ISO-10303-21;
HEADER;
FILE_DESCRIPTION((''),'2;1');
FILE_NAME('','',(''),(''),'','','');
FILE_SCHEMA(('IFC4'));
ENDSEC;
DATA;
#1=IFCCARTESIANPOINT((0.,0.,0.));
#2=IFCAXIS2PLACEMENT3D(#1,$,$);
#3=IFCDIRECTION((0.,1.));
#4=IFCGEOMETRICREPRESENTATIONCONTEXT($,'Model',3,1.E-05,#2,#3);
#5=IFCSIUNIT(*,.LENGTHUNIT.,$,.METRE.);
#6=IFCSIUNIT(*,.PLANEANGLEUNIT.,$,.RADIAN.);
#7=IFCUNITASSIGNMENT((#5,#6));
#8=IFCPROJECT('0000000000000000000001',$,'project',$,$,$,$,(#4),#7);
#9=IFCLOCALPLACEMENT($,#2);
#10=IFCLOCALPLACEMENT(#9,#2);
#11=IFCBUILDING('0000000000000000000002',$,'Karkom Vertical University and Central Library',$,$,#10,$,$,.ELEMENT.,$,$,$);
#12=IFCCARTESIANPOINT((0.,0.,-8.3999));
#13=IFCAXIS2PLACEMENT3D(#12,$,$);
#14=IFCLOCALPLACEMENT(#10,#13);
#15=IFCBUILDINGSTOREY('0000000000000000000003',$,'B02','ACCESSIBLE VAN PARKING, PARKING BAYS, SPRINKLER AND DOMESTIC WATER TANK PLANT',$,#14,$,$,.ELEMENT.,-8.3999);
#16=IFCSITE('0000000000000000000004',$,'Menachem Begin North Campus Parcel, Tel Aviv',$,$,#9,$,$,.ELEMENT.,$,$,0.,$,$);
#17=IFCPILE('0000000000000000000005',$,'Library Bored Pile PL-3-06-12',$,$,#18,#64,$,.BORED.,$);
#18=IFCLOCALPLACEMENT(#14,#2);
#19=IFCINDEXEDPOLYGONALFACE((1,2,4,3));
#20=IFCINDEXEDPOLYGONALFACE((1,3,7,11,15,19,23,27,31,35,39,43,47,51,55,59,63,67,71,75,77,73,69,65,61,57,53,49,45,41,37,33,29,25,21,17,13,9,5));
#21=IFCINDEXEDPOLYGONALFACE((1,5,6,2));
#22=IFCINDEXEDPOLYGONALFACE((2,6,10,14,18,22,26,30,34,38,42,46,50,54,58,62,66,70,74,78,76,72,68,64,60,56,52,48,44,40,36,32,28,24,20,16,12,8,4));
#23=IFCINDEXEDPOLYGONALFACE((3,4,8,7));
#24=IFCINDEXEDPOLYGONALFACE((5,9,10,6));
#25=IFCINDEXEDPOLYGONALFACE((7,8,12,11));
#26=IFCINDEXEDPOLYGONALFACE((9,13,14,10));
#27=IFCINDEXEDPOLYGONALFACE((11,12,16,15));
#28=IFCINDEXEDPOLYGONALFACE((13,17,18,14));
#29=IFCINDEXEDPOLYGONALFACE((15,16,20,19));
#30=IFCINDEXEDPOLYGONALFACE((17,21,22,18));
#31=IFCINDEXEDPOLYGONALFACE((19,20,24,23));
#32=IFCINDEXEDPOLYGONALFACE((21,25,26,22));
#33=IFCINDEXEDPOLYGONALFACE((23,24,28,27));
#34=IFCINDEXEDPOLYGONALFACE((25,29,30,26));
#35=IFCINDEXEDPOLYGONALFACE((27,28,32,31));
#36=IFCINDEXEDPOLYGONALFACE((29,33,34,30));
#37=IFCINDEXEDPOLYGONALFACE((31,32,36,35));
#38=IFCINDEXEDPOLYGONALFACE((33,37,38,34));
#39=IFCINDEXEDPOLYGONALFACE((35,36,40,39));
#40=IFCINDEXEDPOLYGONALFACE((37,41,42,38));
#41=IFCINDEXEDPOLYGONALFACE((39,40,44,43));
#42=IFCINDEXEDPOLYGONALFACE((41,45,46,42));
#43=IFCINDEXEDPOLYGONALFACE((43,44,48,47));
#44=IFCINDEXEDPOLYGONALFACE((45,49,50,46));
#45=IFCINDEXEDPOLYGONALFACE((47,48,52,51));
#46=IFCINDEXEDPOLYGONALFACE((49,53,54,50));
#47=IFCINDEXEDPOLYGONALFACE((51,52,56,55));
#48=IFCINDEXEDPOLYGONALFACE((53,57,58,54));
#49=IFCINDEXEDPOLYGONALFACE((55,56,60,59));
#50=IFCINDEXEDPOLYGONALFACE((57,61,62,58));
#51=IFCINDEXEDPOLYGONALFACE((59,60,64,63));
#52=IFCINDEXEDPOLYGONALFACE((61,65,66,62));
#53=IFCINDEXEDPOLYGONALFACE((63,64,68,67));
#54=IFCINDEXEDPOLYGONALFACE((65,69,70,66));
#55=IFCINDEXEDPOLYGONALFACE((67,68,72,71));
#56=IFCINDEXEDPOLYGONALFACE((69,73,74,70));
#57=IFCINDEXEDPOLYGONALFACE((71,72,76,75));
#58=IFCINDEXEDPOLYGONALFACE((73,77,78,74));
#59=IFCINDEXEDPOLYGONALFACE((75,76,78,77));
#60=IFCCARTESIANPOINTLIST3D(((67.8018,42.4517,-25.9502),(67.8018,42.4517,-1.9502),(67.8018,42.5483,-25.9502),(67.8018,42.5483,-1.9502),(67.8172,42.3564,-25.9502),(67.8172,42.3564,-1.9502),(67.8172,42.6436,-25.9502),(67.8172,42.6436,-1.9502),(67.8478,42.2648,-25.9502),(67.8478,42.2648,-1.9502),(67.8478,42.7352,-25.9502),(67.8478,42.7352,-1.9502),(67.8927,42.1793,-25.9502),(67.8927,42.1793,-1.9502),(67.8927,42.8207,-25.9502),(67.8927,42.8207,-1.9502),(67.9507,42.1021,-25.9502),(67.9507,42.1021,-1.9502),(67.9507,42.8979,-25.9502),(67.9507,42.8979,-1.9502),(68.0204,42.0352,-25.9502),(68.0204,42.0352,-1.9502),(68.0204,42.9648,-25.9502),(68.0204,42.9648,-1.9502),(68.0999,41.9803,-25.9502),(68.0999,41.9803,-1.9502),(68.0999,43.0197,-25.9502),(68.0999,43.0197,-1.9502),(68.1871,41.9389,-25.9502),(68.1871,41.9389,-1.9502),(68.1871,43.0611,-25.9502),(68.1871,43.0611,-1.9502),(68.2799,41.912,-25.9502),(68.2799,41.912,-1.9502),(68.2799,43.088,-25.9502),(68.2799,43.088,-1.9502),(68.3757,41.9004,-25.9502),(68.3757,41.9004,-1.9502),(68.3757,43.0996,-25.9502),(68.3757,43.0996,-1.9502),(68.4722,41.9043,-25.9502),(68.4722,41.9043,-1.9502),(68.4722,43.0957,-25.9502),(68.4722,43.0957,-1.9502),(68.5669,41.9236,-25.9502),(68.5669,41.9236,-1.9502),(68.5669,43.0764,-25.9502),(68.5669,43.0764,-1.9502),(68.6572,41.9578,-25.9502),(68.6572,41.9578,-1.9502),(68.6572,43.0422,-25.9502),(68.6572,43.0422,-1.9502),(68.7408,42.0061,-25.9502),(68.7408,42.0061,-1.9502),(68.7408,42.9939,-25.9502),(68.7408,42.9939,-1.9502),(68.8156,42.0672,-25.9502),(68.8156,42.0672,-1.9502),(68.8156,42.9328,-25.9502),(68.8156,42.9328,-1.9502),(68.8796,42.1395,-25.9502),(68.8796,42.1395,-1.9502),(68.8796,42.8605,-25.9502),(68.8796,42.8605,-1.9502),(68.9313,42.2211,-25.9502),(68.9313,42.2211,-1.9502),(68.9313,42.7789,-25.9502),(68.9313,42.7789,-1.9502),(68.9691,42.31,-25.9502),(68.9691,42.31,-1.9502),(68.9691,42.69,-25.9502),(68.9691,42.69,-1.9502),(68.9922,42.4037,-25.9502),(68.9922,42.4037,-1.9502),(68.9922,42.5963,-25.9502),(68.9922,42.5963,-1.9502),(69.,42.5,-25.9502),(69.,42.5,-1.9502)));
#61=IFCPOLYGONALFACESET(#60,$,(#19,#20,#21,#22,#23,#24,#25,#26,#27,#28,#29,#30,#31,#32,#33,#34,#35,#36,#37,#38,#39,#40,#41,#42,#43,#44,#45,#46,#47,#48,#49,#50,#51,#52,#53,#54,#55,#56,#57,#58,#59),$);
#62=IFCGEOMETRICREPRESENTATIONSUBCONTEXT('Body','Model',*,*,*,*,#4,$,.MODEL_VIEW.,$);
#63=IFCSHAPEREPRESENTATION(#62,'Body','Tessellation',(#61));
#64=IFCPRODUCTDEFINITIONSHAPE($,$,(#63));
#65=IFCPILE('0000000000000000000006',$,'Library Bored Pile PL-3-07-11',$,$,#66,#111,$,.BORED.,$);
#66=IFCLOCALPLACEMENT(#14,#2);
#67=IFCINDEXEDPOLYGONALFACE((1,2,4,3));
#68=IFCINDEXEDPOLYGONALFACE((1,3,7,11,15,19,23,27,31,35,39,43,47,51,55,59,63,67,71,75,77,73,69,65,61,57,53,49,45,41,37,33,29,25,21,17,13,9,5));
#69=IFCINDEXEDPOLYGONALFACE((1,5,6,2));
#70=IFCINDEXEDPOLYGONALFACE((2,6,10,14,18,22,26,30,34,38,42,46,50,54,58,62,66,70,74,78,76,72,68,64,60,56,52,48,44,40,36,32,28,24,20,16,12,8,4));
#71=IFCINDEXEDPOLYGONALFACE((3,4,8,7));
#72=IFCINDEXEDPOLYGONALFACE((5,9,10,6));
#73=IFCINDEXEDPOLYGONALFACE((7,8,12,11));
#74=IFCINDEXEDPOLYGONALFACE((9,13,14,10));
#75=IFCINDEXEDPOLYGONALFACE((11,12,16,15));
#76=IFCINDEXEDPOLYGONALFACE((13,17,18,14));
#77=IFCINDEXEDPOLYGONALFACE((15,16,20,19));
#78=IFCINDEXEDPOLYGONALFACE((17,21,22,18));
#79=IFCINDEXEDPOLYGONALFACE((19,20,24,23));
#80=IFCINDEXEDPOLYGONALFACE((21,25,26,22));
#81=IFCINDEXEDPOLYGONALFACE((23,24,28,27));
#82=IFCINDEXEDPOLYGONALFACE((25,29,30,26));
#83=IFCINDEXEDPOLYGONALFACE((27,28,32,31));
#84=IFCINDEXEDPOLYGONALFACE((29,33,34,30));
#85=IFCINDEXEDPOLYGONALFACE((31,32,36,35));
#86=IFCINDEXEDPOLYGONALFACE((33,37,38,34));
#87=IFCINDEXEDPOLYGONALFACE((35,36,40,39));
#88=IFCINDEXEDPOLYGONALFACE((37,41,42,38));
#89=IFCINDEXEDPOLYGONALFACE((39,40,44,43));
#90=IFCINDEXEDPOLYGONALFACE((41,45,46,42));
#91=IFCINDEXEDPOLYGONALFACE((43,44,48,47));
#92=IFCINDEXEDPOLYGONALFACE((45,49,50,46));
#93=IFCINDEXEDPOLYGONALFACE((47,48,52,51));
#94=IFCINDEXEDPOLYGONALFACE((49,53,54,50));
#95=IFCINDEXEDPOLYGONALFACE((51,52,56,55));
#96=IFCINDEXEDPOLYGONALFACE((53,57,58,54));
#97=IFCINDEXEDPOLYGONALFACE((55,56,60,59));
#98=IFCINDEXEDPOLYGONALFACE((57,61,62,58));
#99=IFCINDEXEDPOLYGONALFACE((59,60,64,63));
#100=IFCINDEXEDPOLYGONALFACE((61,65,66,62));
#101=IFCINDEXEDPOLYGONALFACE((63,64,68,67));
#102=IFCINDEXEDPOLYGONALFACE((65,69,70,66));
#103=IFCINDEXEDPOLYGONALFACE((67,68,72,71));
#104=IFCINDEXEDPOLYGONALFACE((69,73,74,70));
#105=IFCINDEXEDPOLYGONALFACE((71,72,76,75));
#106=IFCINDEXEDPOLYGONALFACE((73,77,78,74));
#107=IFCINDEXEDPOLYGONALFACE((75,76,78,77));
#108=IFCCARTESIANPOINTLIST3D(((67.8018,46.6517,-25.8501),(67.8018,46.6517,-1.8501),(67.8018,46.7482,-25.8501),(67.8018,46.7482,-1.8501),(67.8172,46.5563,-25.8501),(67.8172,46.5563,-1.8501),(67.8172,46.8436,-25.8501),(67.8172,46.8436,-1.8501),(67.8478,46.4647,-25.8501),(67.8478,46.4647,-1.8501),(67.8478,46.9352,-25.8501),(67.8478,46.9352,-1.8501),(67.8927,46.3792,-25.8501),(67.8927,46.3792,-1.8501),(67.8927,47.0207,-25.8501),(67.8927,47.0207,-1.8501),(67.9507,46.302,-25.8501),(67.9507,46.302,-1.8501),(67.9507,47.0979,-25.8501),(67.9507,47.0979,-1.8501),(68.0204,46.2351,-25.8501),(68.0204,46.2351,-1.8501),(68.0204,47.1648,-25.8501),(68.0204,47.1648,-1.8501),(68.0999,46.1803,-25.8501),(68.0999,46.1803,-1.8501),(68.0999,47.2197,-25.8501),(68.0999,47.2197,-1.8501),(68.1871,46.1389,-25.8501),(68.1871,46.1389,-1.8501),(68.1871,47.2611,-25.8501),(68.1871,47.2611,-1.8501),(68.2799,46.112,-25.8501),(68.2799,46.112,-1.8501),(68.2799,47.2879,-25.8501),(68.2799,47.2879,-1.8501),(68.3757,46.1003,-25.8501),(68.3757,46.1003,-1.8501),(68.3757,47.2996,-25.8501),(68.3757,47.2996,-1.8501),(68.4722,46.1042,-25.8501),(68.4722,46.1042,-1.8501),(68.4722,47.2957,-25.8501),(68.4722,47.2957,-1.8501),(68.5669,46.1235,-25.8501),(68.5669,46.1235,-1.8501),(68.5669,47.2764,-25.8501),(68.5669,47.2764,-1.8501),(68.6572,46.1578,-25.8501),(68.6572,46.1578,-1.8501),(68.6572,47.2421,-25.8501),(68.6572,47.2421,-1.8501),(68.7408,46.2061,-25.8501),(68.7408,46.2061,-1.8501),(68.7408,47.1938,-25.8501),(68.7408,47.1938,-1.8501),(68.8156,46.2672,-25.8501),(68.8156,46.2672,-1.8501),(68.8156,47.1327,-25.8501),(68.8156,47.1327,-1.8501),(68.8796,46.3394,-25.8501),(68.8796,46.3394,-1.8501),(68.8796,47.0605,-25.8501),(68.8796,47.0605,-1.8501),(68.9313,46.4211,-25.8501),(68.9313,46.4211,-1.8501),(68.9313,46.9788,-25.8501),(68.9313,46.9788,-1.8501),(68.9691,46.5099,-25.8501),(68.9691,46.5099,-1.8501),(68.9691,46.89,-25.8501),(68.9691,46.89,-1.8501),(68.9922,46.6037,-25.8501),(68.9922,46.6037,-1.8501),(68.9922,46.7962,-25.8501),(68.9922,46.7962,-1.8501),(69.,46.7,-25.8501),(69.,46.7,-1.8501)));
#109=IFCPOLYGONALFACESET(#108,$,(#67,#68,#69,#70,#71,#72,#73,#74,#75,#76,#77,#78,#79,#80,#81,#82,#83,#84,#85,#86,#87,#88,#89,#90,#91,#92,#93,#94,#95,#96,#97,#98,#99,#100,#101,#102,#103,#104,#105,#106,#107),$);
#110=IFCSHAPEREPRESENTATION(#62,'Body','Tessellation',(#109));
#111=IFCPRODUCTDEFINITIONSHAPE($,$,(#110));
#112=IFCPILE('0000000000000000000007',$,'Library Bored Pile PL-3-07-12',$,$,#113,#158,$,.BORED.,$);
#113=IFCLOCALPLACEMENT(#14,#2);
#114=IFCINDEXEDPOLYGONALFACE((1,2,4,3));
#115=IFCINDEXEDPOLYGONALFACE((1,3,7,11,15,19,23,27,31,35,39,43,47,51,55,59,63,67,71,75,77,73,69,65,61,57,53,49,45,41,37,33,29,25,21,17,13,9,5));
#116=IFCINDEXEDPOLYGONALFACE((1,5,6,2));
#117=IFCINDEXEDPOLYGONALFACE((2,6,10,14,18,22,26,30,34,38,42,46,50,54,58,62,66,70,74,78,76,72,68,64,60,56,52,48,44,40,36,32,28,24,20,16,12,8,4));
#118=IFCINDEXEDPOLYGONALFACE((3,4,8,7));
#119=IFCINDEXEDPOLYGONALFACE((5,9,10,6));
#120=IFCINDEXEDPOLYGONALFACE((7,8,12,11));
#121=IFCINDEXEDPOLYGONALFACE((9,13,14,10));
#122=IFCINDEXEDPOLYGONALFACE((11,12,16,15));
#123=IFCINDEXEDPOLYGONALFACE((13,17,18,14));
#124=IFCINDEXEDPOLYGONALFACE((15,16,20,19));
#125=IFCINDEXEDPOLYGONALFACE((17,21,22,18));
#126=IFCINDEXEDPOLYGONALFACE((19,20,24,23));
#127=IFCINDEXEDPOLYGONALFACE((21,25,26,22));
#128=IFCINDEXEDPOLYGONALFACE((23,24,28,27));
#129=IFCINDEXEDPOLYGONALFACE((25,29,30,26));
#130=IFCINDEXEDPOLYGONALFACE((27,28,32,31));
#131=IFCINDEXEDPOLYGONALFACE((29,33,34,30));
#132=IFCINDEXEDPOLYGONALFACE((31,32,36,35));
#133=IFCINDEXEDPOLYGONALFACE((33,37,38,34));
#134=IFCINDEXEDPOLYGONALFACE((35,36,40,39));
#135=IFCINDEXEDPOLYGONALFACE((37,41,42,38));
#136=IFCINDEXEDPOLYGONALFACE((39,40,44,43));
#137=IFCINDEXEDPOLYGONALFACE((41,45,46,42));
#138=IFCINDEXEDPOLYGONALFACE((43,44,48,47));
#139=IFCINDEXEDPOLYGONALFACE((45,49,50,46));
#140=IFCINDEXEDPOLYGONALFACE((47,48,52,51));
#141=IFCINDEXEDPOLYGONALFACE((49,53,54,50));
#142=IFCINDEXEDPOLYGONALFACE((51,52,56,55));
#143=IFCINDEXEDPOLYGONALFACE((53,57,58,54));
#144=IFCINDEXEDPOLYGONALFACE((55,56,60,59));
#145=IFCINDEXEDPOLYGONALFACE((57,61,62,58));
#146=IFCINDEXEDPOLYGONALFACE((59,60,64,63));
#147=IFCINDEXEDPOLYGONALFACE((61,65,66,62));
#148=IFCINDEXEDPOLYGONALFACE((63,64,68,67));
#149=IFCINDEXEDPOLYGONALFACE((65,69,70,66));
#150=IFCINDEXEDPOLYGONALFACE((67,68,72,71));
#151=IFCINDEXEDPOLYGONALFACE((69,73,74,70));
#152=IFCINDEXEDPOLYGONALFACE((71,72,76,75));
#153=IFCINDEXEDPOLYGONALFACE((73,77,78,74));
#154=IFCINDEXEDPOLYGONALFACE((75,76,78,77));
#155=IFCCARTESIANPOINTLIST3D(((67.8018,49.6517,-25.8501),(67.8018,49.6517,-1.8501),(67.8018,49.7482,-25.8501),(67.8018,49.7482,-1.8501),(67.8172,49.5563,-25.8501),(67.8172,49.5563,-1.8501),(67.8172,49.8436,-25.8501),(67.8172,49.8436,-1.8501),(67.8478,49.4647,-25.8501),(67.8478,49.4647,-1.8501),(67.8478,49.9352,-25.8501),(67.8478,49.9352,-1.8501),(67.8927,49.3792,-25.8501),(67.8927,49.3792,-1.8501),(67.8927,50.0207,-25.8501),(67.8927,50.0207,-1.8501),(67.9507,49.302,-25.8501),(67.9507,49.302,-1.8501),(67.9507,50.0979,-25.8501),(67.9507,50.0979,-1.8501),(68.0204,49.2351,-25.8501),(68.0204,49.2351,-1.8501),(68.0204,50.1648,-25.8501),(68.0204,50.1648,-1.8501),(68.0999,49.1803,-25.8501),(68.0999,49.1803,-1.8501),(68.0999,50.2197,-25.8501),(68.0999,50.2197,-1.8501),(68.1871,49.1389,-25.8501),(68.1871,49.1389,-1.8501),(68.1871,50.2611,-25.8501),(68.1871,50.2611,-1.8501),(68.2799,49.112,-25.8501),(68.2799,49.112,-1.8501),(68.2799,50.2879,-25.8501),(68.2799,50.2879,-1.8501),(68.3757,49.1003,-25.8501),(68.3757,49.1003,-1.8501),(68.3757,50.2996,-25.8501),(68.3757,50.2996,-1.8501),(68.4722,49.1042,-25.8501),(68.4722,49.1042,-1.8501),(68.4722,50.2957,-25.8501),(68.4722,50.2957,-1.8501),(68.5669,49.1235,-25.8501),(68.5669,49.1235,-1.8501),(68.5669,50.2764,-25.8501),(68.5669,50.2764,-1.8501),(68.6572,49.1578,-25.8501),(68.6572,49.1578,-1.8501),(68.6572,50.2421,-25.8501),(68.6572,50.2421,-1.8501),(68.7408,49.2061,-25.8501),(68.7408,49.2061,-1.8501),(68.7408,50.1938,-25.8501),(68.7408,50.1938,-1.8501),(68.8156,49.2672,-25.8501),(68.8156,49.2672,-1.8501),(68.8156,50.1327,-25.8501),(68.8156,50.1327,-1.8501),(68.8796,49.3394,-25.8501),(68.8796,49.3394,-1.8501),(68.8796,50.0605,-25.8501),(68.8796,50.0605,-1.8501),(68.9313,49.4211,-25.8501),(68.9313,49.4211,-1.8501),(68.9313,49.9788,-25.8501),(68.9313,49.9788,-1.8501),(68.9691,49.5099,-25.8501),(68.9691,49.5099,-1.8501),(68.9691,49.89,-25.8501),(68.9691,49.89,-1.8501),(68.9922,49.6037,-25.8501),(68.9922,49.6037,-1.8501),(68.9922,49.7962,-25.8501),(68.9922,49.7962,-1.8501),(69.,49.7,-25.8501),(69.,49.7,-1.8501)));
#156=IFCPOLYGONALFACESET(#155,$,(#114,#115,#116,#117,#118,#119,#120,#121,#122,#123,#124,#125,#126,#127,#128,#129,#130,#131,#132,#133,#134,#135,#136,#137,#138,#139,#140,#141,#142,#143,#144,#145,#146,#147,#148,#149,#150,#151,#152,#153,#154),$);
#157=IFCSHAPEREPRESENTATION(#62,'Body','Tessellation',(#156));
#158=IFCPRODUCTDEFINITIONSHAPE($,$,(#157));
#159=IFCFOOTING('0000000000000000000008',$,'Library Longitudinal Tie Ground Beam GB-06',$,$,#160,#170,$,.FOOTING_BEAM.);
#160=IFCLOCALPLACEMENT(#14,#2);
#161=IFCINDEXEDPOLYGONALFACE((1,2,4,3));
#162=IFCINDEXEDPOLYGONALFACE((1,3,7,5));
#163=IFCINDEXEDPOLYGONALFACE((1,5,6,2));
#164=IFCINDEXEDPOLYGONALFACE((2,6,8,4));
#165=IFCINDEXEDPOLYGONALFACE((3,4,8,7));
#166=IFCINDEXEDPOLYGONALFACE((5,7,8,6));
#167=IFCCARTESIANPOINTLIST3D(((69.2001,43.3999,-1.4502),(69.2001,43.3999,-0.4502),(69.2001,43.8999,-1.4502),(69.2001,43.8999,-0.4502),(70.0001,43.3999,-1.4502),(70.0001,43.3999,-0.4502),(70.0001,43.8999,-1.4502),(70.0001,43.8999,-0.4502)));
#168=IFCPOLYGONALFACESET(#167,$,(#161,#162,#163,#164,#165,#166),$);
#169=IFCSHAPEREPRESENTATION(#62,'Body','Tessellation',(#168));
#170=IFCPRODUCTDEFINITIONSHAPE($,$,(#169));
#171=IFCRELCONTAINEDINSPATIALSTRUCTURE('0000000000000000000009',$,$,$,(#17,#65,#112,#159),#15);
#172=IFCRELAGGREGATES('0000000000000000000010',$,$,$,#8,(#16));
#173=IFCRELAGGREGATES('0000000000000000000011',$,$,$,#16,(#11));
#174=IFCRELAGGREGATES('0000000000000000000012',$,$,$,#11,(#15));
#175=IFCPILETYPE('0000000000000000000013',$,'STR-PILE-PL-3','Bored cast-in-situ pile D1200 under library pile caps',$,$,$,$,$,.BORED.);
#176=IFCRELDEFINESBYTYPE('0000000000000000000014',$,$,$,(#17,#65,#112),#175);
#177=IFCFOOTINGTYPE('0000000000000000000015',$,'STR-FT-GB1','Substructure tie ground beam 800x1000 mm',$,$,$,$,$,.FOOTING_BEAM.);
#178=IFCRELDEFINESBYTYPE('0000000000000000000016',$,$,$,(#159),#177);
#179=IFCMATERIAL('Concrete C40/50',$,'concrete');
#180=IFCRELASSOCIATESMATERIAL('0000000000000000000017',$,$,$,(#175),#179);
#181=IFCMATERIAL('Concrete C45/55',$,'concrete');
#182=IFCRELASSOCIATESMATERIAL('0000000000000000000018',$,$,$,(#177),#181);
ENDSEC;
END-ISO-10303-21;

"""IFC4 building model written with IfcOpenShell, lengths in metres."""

from ifc_helpers import new_model, si_unit, direction, frame, origin, origin_with_axes, origin_2d, place, context, subcontext, project, spatial, rectangle, circle, extrude, source, transform, mapped, material, material_profile, profile_set, type_object, element, save


model = new_model("IFC4")

# Units and contexts
model_context = context("Model", 3, precision=1e-05, world=origin(), true_north=direction((0.0, 1.0)))
body_context = subcontext(model_context, "Body", "Model", "MODEL_VIEW")
ifc_project = project(units=[si_unit("LENGTHUNIT", "METRE"), si_unit("PLANEANGLEUNIT", "RADIAN")], contexts=[model_context])

# Site, building, storey
site_placement = place(None, origin())
site = spatial("IfcSite", under=ifc_project, at=site_placement, Name="Menachem Begin North Campus Parcel, Tel Aviv", CompositionType="ELEMENT", RefElevation=0.0)
building_placement = place(site_placement, origin())
building = spatial("IfcBuilding", under=site, at=building_placement, Name="Karkom Vertical University and Central Library", CompositionType="ELEMENT")
storey_placement = place(building_placement, frame((0.0, 0.0, -8.3999)))
storey = spatial("IfcBuildingStorey", under=building, at=storey_placement, Name="B02", Description="ACCESSIBLE VAN PARKING, PARKING BAYS, SPRINKLER AND DOMESTIC WATER TANK PLANT", CompositionType="ELEMENT", Elevation=-8.3999)

# Piles
ifc_material_1 = material(Name="Concrete C40/50", Category="concrete")
ifc_material_profile_1 = material_profile(ifc_material_1, circle(Radius=0.6001, at=origin_2d()), Name="PILE-D1200")
ifc_profile_set_1 = profile_set([ifc_material_profile_1], Name="Concrete C40/50")
pile_type = type_object("IfcPileType", Name="STR-PILE-PL-3", Description="Bored cast-in-situ pile D1200 under library pile caps", PredefinedType="BORED", material=ifc_profile_set_1)
shared_shape_1 = source(origin_with_axes(), body_context, "Body", "SweptSolid", [
    extrude(circle(Radius=0.6001, at=origin_2d()), origin(), (0.0, 0.0, 1.0), 24.0),
])
for number, where, z_axis, x_axis, name in (
    (1, (68.3999, 42.5, -1.9502), (0.0, 0.0, -1.0), (1.0, 0.0, 0.0), "Library Bored Pile PL-3-06-12"),
    (2, (68.3999, 46.7, -1.8501), (0.0, 0.0, -1.0), (1.0, 0.0, 0.0), "Library Bored Pile PL-3-07-11"),
    (3, (68.3999, 49.7, -1.8501), (0.0, 0.0, -1.0), (1.0, 0.0, 0.0), "Library Bored Pile PL-3-07-12"),
):
    element("IfcPile", number, at=place(storey_placement, frame(where, z_axis=z_axis, x_axis=x_axis)), inside=storey, type_object=pile_type, Name=name, PredefinedType="BORED", context=body_context, shape_type="MappedRepresentation", body=[
        mapped(shared_shape_1, transform((0.0, 0.0, 0.0), scale=1.0)),
    ])

# Footing
ifc_material_2 = material(Name="Concrete C45/55", Category="concrete")
ifc_material_profile_2 = material_profile(ifc_material_2, rectangle(XDim=0.8, YDim=1.0, at=origin_2d()), Name="GB-800x1000")
ifc_profile_set_2 = profile_set([ifc_material_profile_2], Name="Concrete C45/55")
footing_type = type_object("IfcFootingType", Name="STR-FT-GB1", Description="Substructure tie ground beam 800x1000 mm", PredefinedType="FOOTING_BEAM", material=ifc_profile_set_2)
shared_shape_2 = source(origin_with_axes(), body_context, "Body", "SweptSolid", [
    extrude(rectangle(XDim=0.8, YDim=1.0, at=origin_2d()), origin(), (0.0, 0.0, 1.0), 0.5),
])
footing_placement = place(storey_placement, frame((69.6001, 43.3999, -0.9502), z_axis=(0.0, 1.0, 0.0), x_axis=(-1.0, 0.0, 0.0)))
element("IfcFooting", 4, at=footing_placement, inside=storey, type_object=footing_type, Name="Library Longitudinal Tie Ground Beam GB-06", PredefinedType="FOOTING_BEAM", context=body_context, shape_type="MappedRepresentation", body=[
    mapped(shared_shape_2, transform((0.0, 0.0, 0.0), scale=1.0)),
])

save(model, "model.ifc")
